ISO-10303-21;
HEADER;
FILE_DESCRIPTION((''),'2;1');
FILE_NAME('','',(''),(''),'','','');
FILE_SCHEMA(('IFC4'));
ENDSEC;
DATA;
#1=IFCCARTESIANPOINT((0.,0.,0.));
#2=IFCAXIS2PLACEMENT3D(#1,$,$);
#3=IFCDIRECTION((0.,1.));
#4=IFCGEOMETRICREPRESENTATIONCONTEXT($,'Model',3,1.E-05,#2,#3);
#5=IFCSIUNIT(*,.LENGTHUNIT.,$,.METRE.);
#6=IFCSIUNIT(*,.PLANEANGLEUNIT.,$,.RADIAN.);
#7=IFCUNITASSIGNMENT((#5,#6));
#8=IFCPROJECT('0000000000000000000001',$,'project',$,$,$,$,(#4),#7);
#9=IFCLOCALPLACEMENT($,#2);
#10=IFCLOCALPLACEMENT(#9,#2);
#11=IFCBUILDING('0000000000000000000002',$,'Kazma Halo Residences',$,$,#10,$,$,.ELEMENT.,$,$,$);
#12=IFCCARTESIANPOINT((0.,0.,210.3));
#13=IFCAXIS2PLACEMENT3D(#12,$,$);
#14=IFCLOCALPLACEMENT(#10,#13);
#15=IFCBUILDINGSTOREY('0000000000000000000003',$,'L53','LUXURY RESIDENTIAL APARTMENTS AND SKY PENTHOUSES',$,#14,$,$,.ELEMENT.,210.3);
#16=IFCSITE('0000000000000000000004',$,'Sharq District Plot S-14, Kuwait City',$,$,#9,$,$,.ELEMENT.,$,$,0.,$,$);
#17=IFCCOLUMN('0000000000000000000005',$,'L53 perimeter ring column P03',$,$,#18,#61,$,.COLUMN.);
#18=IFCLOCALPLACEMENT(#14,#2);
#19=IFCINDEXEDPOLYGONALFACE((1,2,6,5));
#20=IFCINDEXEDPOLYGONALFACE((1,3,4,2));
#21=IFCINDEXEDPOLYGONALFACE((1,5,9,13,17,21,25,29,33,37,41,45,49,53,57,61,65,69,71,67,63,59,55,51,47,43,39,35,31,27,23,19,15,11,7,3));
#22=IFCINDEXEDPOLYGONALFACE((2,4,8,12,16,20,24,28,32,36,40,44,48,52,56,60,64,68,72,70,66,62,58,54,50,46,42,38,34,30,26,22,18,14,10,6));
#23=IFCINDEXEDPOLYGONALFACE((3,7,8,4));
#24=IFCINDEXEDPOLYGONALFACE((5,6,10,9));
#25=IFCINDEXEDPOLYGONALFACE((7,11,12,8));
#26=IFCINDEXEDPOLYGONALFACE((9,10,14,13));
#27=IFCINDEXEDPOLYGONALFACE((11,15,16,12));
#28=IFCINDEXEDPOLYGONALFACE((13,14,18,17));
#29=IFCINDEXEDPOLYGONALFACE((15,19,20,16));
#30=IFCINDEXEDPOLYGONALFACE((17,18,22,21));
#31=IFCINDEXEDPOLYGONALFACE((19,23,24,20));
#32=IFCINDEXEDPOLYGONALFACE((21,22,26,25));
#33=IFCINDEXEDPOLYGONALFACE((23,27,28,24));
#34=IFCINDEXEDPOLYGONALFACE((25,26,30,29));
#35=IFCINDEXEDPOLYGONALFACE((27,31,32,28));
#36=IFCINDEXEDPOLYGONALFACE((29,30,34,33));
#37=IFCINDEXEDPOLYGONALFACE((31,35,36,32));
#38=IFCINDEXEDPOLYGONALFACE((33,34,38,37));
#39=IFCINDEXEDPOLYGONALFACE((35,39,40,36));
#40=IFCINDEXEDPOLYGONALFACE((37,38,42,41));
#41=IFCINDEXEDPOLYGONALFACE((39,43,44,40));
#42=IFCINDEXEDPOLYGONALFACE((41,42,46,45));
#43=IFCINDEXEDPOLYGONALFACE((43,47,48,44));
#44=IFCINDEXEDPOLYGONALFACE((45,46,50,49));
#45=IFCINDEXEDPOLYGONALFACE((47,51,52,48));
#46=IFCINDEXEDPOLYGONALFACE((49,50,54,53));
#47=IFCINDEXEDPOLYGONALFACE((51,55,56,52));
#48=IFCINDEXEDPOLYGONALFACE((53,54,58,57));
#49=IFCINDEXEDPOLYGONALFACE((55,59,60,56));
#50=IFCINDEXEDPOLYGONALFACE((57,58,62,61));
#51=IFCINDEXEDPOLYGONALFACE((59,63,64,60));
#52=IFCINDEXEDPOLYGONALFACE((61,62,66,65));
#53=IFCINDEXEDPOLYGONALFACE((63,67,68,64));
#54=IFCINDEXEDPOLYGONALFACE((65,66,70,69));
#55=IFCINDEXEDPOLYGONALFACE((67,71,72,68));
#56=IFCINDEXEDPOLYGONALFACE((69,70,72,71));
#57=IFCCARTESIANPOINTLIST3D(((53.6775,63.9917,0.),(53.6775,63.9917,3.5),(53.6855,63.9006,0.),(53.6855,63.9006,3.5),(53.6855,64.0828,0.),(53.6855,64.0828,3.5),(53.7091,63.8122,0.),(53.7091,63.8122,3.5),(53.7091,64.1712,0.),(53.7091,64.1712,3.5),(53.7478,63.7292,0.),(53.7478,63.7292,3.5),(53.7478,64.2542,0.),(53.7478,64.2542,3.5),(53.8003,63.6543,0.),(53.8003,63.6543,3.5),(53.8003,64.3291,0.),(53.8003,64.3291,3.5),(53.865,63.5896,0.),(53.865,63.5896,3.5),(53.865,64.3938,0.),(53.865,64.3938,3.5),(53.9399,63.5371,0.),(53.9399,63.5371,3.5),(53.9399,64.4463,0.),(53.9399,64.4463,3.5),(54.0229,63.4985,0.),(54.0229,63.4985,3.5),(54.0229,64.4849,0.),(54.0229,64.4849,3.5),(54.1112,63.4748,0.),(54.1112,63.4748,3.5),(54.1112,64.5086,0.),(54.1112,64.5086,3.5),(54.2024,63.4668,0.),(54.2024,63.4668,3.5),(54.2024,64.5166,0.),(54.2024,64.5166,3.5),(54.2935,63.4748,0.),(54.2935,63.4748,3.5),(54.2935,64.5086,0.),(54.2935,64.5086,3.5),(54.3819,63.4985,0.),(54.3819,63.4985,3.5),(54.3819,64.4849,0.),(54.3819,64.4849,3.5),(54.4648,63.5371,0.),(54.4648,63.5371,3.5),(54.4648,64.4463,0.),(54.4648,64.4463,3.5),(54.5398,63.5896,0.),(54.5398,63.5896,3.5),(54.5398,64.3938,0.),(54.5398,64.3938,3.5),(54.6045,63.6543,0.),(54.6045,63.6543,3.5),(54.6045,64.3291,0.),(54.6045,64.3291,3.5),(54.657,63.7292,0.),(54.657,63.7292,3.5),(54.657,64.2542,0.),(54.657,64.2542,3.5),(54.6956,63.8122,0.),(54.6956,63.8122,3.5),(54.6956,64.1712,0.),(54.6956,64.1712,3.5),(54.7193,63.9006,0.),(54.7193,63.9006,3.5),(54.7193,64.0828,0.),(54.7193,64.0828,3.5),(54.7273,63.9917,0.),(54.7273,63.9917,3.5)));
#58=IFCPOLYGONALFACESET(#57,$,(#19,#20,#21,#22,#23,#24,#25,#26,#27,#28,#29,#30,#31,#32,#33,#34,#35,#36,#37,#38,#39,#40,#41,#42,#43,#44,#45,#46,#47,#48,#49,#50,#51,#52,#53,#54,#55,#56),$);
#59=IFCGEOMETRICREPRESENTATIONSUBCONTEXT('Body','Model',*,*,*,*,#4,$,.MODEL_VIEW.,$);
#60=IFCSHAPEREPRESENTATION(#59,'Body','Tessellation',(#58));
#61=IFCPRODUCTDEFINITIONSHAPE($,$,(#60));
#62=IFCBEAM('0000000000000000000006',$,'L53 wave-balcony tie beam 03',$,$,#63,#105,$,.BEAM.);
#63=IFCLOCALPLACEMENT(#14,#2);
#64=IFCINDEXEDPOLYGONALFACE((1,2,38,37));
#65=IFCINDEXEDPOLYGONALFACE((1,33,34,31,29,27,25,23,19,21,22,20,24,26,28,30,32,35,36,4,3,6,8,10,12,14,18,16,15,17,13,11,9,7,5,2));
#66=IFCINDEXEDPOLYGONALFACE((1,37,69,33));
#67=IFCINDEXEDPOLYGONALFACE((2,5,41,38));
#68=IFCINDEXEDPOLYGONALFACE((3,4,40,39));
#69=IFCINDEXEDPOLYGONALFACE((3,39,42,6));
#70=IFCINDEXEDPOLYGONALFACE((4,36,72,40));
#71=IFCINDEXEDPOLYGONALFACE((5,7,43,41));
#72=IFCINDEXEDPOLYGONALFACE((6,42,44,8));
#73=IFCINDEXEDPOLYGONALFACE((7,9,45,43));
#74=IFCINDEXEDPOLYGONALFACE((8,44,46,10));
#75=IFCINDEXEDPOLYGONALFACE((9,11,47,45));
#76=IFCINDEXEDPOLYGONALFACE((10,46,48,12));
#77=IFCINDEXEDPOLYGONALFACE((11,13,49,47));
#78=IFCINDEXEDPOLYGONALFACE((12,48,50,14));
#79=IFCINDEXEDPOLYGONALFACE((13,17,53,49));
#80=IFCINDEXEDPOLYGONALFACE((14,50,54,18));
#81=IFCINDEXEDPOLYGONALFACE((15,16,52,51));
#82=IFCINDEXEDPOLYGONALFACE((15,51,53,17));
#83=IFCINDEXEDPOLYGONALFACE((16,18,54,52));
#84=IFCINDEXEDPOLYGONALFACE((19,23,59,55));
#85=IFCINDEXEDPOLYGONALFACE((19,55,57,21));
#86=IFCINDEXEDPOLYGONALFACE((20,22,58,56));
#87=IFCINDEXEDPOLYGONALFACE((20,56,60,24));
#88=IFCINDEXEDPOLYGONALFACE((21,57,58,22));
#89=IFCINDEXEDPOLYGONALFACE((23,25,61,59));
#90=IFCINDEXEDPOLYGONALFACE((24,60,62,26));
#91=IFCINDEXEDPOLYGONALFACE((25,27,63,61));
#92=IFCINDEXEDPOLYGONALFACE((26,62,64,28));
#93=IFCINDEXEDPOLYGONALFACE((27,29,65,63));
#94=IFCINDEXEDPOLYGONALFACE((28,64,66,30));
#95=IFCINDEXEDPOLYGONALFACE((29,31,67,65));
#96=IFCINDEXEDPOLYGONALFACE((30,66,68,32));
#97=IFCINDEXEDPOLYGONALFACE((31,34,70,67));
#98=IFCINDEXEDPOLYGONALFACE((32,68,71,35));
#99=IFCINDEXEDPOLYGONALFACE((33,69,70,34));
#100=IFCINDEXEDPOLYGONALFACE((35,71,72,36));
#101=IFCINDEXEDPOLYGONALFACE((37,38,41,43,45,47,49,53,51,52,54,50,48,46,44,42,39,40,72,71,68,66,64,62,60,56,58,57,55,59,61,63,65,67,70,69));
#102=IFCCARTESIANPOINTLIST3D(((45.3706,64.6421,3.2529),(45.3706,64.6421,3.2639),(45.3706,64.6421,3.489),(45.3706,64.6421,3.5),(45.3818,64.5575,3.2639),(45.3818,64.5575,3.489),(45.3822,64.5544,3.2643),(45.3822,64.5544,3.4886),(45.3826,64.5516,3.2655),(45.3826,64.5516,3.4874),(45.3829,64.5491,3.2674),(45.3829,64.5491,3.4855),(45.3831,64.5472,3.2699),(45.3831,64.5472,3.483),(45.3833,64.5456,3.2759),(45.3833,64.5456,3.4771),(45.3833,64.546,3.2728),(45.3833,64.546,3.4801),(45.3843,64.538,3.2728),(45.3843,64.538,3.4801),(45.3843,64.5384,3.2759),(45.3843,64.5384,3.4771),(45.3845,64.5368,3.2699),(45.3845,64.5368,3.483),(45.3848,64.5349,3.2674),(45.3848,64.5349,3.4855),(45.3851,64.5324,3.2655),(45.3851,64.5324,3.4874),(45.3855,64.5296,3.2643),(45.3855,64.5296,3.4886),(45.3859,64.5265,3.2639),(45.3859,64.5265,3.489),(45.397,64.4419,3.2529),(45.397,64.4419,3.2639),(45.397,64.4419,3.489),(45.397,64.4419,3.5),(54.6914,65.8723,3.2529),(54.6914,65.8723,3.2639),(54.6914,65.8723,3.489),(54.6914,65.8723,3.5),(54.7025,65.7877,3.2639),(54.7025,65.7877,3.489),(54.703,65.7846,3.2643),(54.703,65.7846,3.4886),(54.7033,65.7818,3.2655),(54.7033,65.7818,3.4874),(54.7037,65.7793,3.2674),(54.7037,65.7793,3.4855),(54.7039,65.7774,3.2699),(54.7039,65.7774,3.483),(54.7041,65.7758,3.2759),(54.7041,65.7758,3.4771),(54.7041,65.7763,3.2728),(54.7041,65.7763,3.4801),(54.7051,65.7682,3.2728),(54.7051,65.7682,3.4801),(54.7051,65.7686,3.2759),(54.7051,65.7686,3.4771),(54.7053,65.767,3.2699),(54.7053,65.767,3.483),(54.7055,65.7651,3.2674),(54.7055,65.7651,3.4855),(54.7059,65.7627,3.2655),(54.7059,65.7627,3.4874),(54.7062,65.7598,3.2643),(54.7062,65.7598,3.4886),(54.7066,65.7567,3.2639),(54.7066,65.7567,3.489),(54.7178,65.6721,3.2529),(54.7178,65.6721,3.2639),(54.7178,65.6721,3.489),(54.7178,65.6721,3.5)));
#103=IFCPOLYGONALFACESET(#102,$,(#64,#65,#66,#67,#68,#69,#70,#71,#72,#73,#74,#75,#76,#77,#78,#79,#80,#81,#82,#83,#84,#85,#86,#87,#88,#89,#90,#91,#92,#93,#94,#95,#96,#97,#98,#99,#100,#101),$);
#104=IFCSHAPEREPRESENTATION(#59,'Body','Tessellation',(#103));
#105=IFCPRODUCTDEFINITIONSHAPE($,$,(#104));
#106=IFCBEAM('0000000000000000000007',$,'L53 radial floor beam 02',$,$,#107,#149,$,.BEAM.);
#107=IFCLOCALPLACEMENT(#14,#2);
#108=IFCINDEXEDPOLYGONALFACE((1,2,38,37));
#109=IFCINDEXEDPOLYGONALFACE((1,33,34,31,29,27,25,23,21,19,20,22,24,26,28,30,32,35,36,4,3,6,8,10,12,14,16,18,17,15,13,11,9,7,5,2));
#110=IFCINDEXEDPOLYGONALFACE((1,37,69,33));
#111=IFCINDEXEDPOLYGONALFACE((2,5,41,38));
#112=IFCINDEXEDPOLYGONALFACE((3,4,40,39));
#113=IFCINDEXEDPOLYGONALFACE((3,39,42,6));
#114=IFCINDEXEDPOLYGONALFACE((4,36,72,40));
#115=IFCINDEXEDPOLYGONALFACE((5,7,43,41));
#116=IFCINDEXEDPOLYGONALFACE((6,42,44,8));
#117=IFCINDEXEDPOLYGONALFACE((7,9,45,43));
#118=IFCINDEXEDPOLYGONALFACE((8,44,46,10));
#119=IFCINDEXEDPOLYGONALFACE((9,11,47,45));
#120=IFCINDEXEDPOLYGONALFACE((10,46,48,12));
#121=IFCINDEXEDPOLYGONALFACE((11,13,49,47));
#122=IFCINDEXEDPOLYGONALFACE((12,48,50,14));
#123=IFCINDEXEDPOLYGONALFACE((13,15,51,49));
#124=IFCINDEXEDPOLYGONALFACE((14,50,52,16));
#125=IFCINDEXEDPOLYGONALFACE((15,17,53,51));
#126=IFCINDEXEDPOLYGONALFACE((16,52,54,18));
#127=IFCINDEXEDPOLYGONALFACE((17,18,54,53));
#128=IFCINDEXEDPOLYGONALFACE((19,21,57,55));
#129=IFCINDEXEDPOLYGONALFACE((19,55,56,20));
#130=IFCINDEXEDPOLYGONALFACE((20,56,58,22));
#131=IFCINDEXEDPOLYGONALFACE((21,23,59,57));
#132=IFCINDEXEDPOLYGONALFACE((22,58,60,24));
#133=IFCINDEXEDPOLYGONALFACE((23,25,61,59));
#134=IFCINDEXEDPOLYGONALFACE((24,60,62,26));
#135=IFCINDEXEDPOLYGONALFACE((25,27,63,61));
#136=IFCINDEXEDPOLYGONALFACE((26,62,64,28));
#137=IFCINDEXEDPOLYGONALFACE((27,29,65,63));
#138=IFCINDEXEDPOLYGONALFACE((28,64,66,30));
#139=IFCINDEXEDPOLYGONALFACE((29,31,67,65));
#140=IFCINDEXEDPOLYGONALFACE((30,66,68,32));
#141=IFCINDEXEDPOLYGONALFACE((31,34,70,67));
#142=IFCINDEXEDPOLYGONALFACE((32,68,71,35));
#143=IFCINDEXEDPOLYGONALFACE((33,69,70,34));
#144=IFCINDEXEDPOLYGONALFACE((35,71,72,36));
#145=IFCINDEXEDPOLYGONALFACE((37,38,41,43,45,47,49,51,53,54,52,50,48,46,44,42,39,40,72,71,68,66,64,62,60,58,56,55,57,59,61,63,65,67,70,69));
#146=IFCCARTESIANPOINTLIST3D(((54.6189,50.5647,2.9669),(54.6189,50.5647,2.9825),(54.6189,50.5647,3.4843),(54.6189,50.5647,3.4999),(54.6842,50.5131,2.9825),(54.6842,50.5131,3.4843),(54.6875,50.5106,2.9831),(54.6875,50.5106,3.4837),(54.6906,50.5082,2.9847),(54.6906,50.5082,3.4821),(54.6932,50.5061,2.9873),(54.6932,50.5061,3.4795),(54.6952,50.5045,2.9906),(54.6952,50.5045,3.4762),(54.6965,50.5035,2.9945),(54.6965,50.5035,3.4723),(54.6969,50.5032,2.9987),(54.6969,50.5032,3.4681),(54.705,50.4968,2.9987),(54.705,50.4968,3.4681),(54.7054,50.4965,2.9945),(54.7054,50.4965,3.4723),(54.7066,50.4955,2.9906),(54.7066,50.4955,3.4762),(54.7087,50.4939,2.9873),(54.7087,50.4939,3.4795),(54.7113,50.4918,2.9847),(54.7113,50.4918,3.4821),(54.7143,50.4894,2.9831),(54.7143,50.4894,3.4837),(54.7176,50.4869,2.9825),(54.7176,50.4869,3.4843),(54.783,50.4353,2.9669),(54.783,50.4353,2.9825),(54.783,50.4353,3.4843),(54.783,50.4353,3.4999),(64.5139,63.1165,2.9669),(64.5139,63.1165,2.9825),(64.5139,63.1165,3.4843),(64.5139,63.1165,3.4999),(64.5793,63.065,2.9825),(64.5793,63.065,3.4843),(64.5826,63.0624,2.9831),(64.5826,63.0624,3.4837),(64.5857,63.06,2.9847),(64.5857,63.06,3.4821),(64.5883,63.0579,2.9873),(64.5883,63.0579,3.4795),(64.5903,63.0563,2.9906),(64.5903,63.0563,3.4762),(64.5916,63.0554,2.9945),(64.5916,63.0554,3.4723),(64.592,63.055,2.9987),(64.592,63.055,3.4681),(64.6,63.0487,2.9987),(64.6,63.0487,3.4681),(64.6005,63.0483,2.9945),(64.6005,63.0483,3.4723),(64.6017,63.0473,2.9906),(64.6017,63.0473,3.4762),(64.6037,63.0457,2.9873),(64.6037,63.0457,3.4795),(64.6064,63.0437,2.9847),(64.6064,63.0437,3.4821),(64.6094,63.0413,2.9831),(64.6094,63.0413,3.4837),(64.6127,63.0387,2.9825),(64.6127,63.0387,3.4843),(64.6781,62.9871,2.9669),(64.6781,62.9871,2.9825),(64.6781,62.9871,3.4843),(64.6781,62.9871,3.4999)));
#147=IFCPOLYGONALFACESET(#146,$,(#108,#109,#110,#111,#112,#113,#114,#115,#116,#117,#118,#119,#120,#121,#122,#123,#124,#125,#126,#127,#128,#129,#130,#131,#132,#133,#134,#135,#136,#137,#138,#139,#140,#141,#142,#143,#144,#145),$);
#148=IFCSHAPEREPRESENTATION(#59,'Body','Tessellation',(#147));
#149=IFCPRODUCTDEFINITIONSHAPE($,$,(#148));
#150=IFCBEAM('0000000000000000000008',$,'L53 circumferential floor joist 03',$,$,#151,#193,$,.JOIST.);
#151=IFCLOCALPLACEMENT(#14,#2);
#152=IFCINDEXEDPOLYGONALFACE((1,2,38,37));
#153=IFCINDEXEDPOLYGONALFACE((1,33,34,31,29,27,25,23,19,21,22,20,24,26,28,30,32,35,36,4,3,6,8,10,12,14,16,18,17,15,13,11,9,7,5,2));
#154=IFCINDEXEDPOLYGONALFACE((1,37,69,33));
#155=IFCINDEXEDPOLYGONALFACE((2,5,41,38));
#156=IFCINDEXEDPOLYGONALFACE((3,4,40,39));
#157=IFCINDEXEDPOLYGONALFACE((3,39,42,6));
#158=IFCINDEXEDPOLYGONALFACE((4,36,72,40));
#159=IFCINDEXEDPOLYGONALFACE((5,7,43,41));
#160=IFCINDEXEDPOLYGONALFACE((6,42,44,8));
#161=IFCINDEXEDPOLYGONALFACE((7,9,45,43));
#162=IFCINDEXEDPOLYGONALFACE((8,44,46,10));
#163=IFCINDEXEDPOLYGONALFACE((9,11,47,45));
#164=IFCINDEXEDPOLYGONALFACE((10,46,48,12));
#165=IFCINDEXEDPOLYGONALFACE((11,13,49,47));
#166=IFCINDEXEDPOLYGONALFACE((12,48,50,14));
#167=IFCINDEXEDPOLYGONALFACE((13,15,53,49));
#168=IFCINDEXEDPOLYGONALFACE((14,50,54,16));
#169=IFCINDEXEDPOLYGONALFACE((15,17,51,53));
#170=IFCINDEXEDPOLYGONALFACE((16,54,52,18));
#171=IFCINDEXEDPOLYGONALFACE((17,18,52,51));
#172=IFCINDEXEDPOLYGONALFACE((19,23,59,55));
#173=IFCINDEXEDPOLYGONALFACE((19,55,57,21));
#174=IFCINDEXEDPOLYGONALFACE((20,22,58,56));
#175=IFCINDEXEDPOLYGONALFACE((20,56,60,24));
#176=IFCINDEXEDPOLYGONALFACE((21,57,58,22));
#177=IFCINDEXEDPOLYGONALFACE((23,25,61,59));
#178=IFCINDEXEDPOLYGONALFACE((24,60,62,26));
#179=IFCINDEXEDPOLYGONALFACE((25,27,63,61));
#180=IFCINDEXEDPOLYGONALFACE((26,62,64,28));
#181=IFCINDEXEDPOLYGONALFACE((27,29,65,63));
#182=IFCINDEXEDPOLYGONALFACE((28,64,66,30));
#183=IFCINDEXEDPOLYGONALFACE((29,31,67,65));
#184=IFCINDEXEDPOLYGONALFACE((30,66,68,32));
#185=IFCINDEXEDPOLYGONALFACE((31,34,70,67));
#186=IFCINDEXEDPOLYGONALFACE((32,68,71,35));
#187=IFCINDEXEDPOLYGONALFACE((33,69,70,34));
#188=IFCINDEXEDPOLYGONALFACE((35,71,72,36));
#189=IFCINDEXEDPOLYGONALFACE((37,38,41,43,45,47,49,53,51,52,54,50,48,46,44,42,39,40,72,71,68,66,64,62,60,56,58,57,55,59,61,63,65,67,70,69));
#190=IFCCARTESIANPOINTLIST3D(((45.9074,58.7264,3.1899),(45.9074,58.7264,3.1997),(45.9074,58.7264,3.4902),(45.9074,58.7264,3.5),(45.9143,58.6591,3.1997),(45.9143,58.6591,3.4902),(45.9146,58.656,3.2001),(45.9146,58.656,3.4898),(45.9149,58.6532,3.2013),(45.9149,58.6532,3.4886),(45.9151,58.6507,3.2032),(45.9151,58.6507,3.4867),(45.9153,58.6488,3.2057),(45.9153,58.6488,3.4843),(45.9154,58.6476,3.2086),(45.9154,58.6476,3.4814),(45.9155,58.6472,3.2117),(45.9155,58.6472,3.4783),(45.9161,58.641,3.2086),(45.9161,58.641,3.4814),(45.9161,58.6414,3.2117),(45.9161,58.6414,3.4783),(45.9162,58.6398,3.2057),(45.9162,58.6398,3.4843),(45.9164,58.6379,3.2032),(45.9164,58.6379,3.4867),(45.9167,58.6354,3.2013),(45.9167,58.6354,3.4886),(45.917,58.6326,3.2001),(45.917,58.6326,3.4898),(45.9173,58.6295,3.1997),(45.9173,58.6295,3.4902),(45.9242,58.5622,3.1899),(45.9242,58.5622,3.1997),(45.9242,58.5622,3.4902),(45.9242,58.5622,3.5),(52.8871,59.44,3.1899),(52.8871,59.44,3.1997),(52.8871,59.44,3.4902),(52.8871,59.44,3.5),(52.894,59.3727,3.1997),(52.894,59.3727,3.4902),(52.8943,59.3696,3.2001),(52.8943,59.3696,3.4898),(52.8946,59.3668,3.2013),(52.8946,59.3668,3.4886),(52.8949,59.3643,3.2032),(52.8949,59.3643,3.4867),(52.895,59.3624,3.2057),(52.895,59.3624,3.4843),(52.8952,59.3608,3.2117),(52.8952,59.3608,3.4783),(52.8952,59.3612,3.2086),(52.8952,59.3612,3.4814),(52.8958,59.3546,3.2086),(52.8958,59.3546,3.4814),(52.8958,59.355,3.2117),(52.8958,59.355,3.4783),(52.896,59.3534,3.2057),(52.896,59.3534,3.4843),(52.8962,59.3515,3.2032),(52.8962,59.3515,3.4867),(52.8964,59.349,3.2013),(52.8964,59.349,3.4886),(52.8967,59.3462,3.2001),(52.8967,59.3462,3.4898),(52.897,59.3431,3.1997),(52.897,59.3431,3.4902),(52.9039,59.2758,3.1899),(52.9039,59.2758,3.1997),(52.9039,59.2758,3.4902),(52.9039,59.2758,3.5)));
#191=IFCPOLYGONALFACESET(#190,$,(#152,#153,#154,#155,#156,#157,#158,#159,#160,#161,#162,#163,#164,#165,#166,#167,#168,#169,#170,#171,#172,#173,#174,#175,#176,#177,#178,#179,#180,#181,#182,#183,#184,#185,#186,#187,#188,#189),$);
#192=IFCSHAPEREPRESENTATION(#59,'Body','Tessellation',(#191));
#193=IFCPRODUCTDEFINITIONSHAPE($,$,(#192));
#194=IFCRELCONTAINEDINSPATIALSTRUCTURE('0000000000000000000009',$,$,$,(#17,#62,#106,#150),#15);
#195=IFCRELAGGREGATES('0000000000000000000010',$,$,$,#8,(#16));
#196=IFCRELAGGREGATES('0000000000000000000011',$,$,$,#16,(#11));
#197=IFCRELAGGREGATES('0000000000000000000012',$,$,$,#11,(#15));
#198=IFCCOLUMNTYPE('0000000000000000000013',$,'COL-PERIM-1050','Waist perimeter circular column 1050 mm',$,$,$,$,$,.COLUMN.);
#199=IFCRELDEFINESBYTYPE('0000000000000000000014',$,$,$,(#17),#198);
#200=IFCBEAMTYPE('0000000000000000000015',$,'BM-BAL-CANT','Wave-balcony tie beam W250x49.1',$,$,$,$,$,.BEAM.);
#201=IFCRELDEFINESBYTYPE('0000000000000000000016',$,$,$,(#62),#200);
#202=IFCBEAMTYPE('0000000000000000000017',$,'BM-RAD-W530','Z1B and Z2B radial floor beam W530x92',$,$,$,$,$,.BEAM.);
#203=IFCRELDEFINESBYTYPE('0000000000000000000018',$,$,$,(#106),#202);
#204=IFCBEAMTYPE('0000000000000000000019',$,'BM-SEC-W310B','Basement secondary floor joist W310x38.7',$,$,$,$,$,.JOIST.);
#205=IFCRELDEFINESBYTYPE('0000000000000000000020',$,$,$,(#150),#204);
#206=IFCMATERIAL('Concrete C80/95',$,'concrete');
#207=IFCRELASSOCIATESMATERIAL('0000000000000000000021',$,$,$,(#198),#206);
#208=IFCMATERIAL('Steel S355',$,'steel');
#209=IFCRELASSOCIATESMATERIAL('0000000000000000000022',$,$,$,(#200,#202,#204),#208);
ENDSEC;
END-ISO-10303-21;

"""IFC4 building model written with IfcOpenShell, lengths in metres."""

from ifc_helpers import new_model, si_unit, direction, frame, origin, origin_2d, place, context, subcontext, project, spatial, circle, i_section, extrude, material, material_profile, profile_set, type_object, element, save


model = new_model("IFC4")

# Units and contexts
model_context = context("Model", 3, precision=1e-05, world=origin(), true_north=direction((0.0, 1.0)))
body_context = subcontext(model_context, "Body", "Model", "MODEL_VIEW")
ifc_project = project(units=[si_unit("LENGTHUNIT", "METRE"), si_unit("PLANEANGLEUNIT", "RADIAN")], contexts=[model_context])

# Site, building, storey
site_placement = place(None, origin())
site = spatial("IfcSite", under=ifc_project, at=site_placement, Name="Sharq District Plot S-14, Kuwait City", CompositionType="ELEMENT", RefElevation=0.0)
building_placement = place(site_placement, origin())
building = spatial("IfcBuilding", under=site, at=building_placement, Name="Kazma Halo Residences", CompositionType="ELEMENT")
storey_placement = place(building_placement, frame((0.0, 0.0, 210.3)))
storey = spatial("IfcBuildingStorey", under=building, at=storey_placement, Name="L53", Description="LUXURY RESIDENTIAL APARTMENTS AND SKY PENTHOUSES", CompositionType="ELEMENT", Elevation=210.3)

# Column
ifc_material_1 = material(Name="Concrete C80/95", Category="concrete")
ifc_material_profile_1 = material_profile(ifc_material_1, circle(Radius=0.5249, at=origin_2d()), Name="CIRC1050")
ifc_profile_set_1 = profile_set([ifc_material_profile_1], Name="Concrete C80/95")
column_type = type_object("IfcColumnType", Name="COL-PERIM-1050", Description="Waist perimeter circular column 1050 mm", PredefinedType="COLUMN", material=ifc_profile_set_1)
column_placement = place(storey_placement, frame((54.2024, 63.9917, 0.0), z_axis=(0.0, 0.0, 1.0), x_axis=(1.0, 0.0, 0.0)))
element("IfcColumn", 1, at=column_placement, inside=storey, type_object=column_type, Name="L53 perimeter ring column P03", PredefinedType="COLUMN", context=body_context, shape_type="SweptSolid", body=[
    extrude(circle(Radius=0.5249, at=origin_2d()), origin(), (0.0, 0.0, 1.0), 3.5),
])

# Beams
ifc_material_2 = material(Name="Steel S355", Category="steel")
ifc_material_profile_2 = material_profile(ifc_material_2, i_section(OverallWidth=0.2019, OverallDepth=0.2471, WebThickness=0.0073, FlangeThickness=0.011, FilletRadius=0.012, at=origin_2d()), Name="W250x49.1")
ifc_profile_set_2 = profile_set([ifc_material_profile_2], Name="Steel S355")
beam_type_1 = type_object("IfcBeamType", Name="BM-BAL-CANT", Description="Wave-balcony tie beam W250x49.1", PredefinedType="BEAM", material=ifc_profile_set_2)
beam_1_placement = place(storey_placement, frame((54.7046, 65.7722, 3.3765), z_axis=(-0.991402, -0.130852, 0.0), x_axis=(0.130852, -0.991402, 0.0)))
element("IfcBeam", 2, at=beam_1_placement, inside=storey, type_object=beam_type_1, Name="L53 wave-balcony tie beam 03", PredefinedType="BEAM", context=body_context, shape_type="SweptSolid", body=[
    extrude(i_section(OverallWidth=0.2019, OverallDepth=0.2471, WebThickness=0.0073, FlangeThickness=0.011, FilletRadius=0.012, at=origin_2d()), origin(), (0.0, 0.0, 1.0), 9.4016),
])
ifc_material_profile_3 = material_profile(ifc_material_2, i_section(OverallWidth=0.209, OverallDepth=0.533, WebThickness=0.0103, FlangeThickness=0.0156, FilletRadius=0.0161, at=origin_2d()), Name="W530x92")
ifc_profile_set_3 = profile_set([ifc_material_profile_3], Name="Steel S355")
beam_type_2 = type_object("IfcBeamType", Name="BM-RAD-W530", Description="Z1B and Z2B radial floor beam W530x92", PredefinedType="BEAM", material=ifc_profile_set_3)
beam_2_placement = place(storey_placement, frame((54.7009, 50.5, 3.2334), z_axis=(0.619094, 0.785317, 0.0), x_axis=(-0.785317, 0.619094, 0.0)))
element("IfcBeam", 3, at=beam_2_placement, inside=storey, type_object=beam_type_2, Name="L53 radial floor beam 02", PredefinedType="BEAM", context=body_context, shape_type="SweptSolid", body=[
    extrude(i_section(OverallWidth=0.209, OverallDepth=0.533, WebThickness=0.0103, FlangeThickness=0.0156, FilletRadius=0.0161, at=origin_2d()), origin(), (0.0, 0.0, 1.0), 15.9832),
])
ifc_material_profile_4 = material_profile(ifc_material_2, i_section(OverallWidth=0.165, OverallDepth=0.3101, WebThickness=0.0059, FlangeThickness=0.0098, FilletRadius=0.012, at=origin_2d()), Name="W310x38.7")
ifc_profile_set_4 = profile_set([ifc_material_profile_4], Name="Steel S355")
beam_type_3 = type_object("IfcBeamType", Name="BM-SEC-W310B", Description="Basement secondary floor joist W310x38.7", PredefinedType="JOIST", material=ifc_profile_set_4)
beam_3_placement = place(storey_placement, frame((52.8955, 59.3579, 3.345), z_axis=(-0.994814, -0.101712, 0.0), x_axis=(0.101712, -0.994814, 0.0)))
element("IfcBeam", 4, at=beam_3_placement, inside=storey, type_object=beam_type_3, Name="L53 circumferential floor joist 03", PredefinedType="JOIST", context=body_context, shape_type="SweptSolid", body=[
    extrude(i_section(OverallWidth=0.165, OverallDepth=0.3101, WebThickness=0.0059, FlangeThickness=0.0098, FilletRadius=0.012, at=origin_2d()), origin(), (0.0, 0.0, 1.0), 7.0161),
])

save(model, "model.ifc")
